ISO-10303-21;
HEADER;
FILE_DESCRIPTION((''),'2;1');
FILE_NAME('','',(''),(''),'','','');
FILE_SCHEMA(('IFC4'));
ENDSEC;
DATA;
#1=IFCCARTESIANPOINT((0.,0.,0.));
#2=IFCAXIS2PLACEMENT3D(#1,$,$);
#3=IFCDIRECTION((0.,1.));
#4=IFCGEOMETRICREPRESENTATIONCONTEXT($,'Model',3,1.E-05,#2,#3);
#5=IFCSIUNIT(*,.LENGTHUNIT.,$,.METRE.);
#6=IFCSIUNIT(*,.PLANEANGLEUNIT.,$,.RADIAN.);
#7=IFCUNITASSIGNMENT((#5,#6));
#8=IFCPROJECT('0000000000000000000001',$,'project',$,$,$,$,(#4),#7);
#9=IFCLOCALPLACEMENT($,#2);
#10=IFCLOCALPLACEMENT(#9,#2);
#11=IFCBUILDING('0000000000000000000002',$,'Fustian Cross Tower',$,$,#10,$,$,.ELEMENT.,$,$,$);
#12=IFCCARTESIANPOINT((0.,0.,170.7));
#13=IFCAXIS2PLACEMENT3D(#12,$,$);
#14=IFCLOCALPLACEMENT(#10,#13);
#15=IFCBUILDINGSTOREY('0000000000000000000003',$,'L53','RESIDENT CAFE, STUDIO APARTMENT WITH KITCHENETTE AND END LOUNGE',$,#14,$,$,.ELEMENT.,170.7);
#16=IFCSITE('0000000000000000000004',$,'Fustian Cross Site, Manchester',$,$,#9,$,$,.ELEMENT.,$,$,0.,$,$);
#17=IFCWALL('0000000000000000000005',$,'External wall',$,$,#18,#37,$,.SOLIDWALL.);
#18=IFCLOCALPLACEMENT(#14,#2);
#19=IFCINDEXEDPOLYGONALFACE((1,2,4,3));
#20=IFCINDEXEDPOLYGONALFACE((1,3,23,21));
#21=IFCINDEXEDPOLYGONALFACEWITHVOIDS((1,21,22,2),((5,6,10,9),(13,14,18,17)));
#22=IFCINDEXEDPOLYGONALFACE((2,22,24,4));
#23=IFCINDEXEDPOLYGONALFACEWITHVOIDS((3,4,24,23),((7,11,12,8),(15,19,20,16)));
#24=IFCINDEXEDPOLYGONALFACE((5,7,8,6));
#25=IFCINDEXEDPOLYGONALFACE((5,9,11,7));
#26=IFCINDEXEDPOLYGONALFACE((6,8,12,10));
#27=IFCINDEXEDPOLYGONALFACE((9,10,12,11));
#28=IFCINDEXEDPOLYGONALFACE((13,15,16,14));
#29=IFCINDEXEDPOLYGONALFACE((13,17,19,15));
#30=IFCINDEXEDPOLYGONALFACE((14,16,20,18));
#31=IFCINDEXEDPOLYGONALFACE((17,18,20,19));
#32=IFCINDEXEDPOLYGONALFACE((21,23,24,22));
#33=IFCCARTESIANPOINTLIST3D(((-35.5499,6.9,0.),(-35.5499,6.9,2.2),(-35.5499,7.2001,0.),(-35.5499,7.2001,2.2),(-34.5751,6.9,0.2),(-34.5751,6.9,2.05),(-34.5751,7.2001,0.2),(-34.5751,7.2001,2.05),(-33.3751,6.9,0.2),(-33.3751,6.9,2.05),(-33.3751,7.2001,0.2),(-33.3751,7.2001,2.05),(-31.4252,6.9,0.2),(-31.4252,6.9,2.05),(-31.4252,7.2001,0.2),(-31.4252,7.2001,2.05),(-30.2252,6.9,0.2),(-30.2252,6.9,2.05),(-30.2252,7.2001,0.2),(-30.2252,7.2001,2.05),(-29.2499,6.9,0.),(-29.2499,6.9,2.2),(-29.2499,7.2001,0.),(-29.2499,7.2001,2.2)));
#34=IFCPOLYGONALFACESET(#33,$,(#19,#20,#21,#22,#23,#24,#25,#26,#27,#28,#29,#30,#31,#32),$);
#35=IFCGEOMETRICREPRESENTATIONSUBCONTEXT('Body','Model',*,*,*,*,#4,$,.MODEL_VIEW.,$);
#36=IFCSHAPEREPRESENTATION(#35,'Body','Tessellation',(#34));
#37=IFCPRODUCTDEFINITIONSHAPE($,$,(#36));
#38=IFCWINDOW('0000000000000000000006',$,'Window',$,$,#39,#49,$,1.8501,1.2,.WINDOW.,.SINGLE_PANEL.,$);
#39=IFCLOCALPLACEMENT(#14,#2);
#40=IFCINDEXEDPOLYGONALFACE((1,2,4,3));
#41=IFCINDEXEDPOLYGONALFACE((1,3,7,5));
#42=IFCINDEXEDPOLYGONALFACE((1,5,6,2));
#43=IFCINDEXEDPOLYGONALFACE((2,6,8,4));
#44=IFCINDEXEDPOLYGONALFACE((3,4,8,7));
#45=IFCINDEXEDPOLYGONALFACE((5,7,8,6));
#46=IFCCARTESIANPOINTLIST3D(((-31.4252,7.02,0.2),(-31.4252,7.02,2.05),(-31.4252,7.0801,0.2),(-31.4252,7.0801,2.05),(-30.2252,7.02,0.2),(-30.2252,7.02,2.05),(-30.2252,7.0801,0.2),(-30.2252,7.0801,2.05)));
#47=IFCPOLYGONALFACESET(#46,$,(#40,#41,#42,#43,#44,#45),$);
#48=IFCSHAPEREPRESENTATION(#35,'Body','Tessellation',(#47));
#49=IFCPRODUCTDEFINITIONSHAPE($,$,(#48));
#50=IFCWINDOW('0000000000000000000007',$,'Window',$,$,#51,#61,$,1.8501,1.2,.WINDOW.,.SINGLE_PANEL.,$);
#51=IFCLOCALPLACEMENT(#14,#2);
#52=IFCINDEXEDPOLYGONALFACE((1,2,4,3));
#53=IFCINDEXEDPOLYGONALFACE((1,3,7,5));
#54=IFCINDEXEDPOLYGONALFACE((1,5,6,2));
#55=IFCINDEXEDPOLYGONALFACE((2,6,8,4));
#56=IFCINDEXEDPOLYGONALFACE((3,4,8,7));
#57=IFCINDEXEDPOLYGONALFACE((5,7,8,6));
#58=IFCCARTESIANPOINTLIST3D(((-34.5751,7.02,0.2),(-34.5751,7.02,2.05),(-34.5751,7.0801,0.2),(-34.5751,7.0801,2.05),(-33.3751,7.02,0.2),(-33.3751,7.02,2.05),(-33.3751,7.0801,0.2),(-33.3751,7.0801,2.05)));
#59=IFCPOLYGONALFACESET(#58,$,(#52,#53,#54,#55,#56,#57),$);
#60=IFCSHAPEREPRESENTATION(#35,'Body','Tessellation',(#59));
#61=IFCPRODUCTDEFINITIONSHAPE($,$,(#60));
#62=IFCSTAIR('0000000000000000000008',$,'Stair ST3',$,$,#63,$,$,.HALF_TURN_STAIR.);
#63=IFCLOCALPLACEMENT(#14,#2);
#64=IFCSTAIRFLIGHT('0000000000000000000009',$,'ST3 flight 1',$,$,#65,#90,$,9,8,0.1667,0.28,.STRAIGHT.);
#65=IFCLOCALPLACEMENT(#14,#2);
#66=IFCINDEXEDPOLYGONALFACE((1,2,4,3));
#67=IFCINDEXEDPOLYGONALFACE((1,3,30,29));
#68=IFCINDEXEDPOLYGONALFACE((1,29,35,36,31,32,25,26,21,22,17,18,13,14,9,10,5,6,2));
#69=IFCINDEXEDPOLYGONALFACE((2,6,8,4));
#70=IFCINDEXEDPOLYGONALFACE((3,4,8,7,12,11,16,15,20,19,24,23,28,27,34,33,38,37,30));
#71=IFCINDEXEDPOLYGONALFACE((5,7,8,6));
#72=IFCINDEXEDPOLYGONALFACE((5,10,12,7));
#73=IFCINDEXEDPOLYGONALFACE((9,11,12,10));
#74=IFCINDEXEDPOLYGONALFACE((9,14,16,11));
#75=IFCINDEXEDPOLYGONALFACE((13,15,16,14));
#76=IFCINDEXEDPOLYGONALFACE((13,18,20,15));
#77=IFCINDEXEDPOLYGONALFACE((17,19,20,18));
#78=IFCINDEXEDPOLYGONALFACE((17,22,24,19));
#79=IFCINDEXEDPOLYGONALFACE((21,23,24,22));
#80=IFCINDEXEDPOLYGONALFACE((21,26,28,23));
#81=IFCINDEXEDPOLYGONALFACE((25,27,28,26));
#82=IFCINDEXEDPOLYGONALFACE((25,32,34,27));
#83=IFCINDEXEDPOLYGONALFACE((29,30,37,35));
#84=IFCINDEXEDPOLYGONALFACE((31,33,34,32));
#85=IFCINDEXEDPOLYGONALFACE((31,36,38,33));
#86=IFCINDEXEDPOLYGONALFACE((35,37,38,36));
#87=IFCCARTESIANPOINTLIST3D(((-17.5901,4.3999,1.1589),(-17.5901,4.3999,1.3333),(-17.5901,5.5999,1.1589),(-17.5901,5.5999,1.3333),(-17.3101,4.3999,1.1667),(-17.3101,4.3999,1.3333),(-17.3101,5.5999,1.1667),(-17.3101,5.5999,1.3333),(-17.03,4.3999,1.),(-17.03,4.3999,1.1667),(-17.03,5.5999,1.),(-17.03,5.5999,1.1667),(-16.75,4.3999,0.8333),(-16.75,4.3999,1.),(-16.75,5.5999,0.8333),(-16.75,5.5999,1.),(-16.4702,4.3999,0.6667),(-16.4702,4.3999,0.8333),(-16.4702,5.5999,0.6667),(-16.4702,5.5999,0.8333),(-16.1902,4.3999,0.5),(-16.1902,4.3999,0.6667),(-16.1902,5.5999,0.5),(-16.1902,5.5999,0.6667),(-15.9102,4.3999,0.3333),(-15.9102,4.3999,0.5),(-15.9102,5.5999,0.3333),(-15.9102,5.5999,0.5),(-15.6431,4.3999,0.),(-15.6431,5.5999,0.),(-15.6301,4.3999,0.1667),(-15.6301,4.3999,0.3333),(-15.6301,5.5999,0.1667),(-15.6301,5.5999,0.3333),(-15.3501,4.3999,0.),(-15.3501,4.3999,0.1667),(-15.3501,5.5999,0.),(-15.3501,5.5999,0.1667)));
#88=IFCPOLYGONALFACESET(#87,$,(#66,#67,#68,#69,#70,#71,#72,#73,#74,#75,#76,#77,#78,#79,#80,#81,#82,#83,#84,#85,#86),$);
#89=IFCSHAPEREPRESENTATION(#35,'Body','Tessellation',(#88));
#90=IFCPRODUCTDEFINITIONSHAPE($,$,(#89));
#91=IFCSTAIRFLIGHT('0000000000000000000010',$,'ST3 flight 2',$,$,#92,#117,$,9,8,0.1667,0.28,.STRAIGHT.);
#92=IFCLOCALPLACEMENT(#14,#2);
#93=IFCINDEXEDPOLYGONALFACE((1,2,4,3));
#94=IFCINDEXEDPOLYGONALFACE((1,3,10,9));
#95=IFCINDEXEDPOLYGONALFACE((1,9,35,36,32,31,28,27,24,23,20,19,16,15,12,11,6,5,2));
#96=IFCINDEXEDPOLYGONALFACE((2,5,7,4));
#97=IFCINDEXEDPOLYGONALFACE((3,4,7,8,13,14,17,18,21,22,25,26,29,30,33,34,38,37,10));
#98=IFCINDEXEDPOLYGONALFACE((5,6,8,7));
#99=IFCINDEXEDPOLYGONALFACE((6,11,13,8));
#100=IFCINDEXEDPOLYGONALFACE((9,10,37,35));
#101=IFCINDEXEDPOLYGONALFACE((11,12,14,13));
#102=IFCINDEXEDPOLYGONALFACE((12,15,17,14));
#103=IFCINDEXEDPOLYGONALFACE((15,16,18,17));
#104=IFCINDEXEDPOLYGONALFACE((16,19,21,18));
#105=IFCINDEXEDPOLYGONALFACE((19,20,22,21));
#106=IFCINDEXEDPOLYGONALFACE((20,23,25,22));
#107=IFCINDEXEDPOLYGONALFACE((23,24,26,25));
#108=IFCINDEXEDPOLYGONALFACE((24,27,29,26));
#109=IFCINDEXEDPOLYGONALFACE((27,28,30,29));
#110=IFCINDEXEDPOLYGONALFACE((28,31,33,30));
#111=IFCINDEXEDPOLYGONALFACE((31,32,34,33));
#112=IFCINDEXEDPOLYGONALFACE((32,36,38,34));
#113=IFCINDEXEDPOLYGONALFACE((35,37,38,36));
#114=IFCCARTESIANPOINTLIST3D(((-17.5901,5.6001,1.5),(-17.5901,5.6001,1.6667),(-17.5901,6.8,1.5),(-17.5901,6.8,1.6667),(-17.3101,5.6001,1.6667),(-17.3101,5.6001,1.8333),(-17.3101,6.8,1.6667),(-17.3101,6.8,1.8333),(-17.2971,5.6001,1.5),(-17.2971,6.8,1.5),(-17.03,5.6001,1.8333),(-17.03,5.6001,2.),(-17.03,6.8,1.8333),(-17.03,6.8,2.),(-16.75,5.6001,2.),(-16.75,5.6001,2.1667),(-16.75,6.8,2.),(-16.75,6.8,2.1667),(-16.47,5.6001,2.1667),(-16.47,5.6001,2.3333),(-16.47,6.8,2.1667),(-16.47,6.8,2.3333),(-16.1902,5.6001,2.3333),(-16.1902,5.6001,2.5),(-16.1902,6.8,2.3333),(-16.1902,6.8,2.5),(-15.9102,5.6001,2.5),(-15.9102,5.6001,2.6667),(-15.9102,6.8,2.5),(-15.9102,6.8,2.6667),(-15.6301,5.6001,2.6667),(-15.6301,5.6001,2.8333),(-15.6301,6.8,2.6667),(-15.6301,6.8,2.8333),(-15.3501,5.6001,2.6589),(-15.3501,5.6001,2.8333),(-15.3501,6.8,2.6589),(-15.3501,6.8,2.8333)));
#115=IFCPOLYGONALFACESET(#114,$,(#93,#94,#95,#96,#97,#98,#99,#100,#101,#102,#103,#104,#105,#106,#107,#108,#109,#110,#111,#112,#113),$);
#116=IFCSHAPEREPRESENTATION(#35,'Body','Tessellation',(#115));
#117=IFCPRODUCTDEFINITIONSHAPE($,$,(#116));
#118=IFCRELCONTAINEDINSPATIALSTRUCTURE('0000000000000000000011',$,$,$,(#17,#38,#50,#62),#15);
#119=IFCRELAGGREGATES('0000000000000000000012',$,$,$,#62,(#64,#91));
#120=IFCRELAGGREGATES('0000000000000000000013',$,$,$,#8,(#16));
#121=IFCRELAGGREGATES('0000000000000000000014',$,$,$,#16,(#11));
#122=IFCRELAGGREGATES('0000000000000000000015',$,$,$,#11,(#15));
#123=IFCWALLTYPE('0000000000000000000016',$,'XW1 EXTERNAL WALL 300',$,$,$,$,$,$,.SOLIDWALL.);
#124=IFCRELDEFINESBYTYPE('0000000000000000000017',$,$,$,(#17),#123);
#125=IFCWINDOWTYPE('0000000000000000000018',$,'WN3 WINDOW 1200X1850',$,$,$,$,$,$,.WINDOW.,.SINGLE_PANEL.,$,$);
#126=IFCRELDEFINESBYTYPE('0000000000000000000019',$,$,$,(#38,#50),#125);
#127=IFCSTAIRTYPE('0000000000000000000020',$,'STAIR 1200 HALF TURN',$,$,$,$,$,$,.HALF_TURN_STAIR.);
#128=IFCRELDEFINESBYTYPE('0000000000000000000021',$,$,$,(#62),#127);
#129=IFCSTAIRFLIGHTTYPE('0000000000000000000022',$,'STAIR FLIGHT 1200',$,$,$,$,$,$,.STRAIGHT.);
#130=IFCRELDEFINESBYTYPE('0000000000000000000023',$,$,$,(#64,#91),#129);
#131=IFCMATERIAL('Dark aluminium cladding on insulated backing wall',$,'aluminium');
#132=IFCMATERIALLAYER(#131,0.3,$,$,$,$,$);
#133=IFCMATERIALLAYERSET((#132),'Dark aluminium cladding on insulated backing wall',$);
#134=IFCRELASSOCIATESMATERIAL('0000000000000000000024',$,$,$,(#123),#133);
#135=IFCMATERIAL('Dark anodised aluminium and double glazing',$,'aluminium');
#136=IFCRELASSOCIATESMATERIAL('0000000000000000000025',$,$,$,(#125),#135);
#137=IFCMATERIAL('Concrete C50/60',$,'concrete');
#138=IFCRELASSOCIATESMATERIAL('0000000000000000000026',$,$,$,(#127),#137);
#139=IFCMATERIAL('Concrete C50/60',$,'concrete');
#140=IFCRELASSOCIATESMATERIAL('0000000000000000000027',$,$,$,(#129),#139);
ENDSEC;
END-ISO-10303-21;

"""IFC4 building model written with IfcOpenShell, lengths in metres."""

from ifc_helpers import new_model, si_unit, direction, frame, frame_2d, origin, place, context, subcontext, project, spatial, polyline, rectangle, outline, extrude, material, layer, layer_set, type_object, element, fill, aggregate, save


model = new_model("IFC4")

# Units and contexts
model_context = context("Model", 3, precision=1e-05, world=origin(), true_north=direction((0.0, 1.0)))
body_context = subcontext(model_context, "Body", "Model", "MODEL_VIEW")
ifc_project = project(units=[si_unit("LENGTHUNIT", "METRE"), si_unit("PLANEANGLEUNIT", "RADIAN")], contexts=[model_context])

# Site, building, storey
site_placement = place(None, origin())
site = spatial("IfcSite", under=ifc_project, at=site_placement, Name="Fustian Cross Site, Manchester", CompositionType="ELEMENT", RefElevation=0.0)
building_placement = place(site_placement, origin())
building = spatial("IfcBuilding", under=site, at=building_placement, Name="Fustian Cross Tower", CompositionType="ELEMENT")
storey_placement = place(building_placement, frame((0.0, 0.0, 170.7)))
storey = spatial("IfcBuildingStorey", under=building, at=storey_placement, Name="L53", Description="RESIDENT CAFE, STUDIO APARTMENT WITH KITCHENETTE AND END LOUNGE", CompositionType="ELEMENT", Elevation=170.7)

# Shared definitions
ifc_material_1 = material(Name="Dark aluminium cladding on insulated backing wall", Category="aluminium")
ifc_layer_1 = layer(ifc_material_1, 0.3)
ifc_layer_set_1 = layer_set([ifc_layer_1], Name="Dark aluminium cladding on insulated backing wall")
wall_type_1 = type_object("IfcWallType", Name="XW1 EXTERNAL WALL 300", PredefinedType="SOLIDWALL", material=ifc_layer_set_1)

# Wall, openings, windows
wall_1_placement = place(storey_placement, frame((-29.25, 7.05, 0.0), z_axis=(0.0, 0.0, 1.0), x_axis=(-1.0, 0.0, 0.0)))
wall_1 = element("IfcWall", 1, at=wall_1_placement, inside=storey, type_object=wall_type_1, Name="External wall", PredefinedType="SOLIDWALL", context=body_context, shape_type="SweptSolid", body=[
    extrude(rectangle(XDim=6.3, YDim=0.3, at=frame_2d((3.1499, 0.0))), origin(), (0.0, 0.0, 1.0), 2.2),
])
opening_1_placement = place(wall_1_placement, frame((0.9751, 0.0, 0.2)))
opening_1 = element("IfcOpeningElement", 2, at=opening_1_placement, cuts=wall_1, PredefinedType="OPENING", context=body_context, shape_type="SweptSolid", body=[
    extrude(rectangle(XDim=1.2, YDim=1.8501, at=frame_2d((0.6001, 0.925))), frame((0.0, 0.1599, 0.0), z_axis=(0.0, -1.0, 0.0), x_axis=(1.0, 0.0, 0.0)), (0.0, 0.0, 1.0), 0.3201),
])
opening_2_placement = place(wall_1_placement, frame((4.125, 0.0, 0.2)))
opening_2 = element("IfcOpeningElement", 3, at=opening_2_placement, cuts=wall_1, PredefinedType="OPENING", context=body_context, shape_type="SweptSolid", body=[
    extrude(rectangle(XDim=1.2, YDim=1.8501, at=frame_2d((0.6001, 0.925))), frame((0.0, 0.1599, 0.0), z_axis=(0.0, -1.0, 0.0), x_axis=(1.0, 0.0, 0.0)), (0.0, 0.0, 1.0), 0.3201),
])
ifc_material_2 = material(Name="Dark anodised aluminium and double glazing", Category="aluminium")
window_type = type_object("IfcWindowType", Name="WN3 WINDOW 1200X1850", PartitioningType="SINGLE_PANEL", PredefinedType="WINDOW", material=ifc_material_2)
window_1_placement = place(opening_1_placement, origin())
window_1 = element("IfcWindow", 4, at=window_1_placement, inside=storey, type_object=window_type, Name="Window", OverallHeight=1.8501, OverallWidth=1.2, PartitioningType="SINGLE_PANEL", PredefinedType="WINDOW", context=body_context, shape_type="SweptSolid", body=[
    extrude(rectangle(XDim=1.2, YDim=1.8501, at=frame_2d((0.6001, 0.925))), frame((0.0, 0.03, 0.0), z_axis=(0.0, -1.0, 0.0), x_axis=(1.0, 0.0, 0.0)), (0.0, 0.0, 1.0), 0.0601),
])
fill(opening_1, window_1)
window_2_placement = place(opening_2_placement, origin())
window_2 = element("IfcWindow", 5, at=window_2_placement, inside=storey, type_object=window_type, Name="Window", OverallHeight=1.8501, OverallWidth=1.2, PartitioningType="SINGLE_PANEL", PredefinedType="WINDOW", context=body_context, shape_type="SweptSolid", body=[
    extrude(rectangle(XDim=1.2, YDim=1.8501, at=frame_2d((0.6001, 0.925))), frame((0.0, 0.03, 0.0), z_axis=(0.0, -1.0, 0.0), x_axis=(1.0, 0.0, 0.0)), (0.0, 0.0, 1.0), 0.0601),
])
fill(opening_2, window_2)

# Stair, stair flights
ifc_material_3 = material(Name="Concrete C50/60", Category="concrete")
stair_type = type_object("IfcStairType", Name="STAIR 1200 HALF TURN", PredefinedType="HALF_TURN_STAIR", material=ifc_material_3)
stair_placement = place(storey_placement, origin())
stair = element("IfcStair", 6, at=stair_placement, inside=storey, type_object=stair_type, Name="Stair ST3", PredefinedType="HALF_TURN_STAIR")
ifc_material_4 = material(Name="Concrete C50/60", Category="concrete")
stair_flight_type = type_object("IfcStairFlightType", Name="STAIR FLIGHT 1200", PredefinedType="STRAIGHT", material=ifc_material_4)
stair_flight_1_placement = place(storey_placement, frame((-15.3501, 5.0, 0.0), z_axis=(0.0, 0.0, 1.0), x_axis=(-1.0, 0.0, 0.0)))
stair_flight_1 = element("IfcStairFlight", 7, at=stair_flight_1_placement, type_object=stair_flight_type, Name="ST3 flight 1", NumberOfRisers=9, NumberOfTreads=8, PredefinedType="STRAIGHT", RiserHeight=0.1667, TreadLength=0.28, context=body_context, shape_type="SweptSolid", body=[
    extrude(outline(polyline([(0.0, 0.0), (0.0, 0.1667), (0.28, 0.1667), (0.28, 0.3333), (0.5601, 0.3333), (0.5601, 0.5), (0.8401, 0.5), (0.8401, 0.6667), (1.1201, 0.6667), (1.1201, 0.8333), (1.3999, 0.8333), (1.3999, 1.0), (1.6799, 1.0), (1.6799, 1.1667), (1.96, 1.1667), (1.96, 1.3333), (2.24, 1.3333), (2.24, 1.5), (2.24, 1.1589), (0.293, 0.0), (0.0, 0.0)])), frame((0.0, 0.6001, 0.0), z_axis=(0.0, -1.0, 0.0), x_axis=(1.0, 0.0, 0.0)), (0.0, 0.0, 1.0), 1.2),
])
stair_flight_2_placement = place(storey_placement, frame((-17.5901, 6.2, 1.5), z_axis=(0.0, 0.0, 1.0), x_axis=(1.0, 0.0, 0.0)))
stair_flight_2 = element("IfcStairFlight", 8, at=stair_flight_2_placement, type_object=stair_flight_type, Name="ST3 flight 2", NumberOfRisers=9, NumberOfTreads=8, PredefinedType="STRAIGHT", RiserHeight=0.1667, TreadLength=0.28, context=body_context, shape_type="SweptSolid", body=[
    extrude(outline(polyline([(0.0, 0.0), (0.0, 0.1667), (0.28, 0.1667), (0.28, 0.3333), (0.5601, 0.3333), (0.5601, 0.5), (0.8401, 0.5), (0.8401, 0.6667), (1.1201, 0.6667), (1.1201, 0.8333), (1.3999, 0.8333), (1.3999, 1.0), (1.6799, 1.0), (1.6799, 1.1667), (1.96, 1.1667), (1.96, 1.3333), (2.24, 1.3333), (2.24, 1.5), (2.24, 1.1589), (0.293, 0.0), (0.0, 0.0)])), frame((0.0, 0.6001, 0.0), z_axis=(0.0, -1.0, 0.0), x_axis=(1.0, 0.0, 0.0)), (0.0, 0.0, 1.0), 1.2),
])
aggregate(stair, [stair_flight_1, stair_flight_2])

save(model, "model.ifc")
